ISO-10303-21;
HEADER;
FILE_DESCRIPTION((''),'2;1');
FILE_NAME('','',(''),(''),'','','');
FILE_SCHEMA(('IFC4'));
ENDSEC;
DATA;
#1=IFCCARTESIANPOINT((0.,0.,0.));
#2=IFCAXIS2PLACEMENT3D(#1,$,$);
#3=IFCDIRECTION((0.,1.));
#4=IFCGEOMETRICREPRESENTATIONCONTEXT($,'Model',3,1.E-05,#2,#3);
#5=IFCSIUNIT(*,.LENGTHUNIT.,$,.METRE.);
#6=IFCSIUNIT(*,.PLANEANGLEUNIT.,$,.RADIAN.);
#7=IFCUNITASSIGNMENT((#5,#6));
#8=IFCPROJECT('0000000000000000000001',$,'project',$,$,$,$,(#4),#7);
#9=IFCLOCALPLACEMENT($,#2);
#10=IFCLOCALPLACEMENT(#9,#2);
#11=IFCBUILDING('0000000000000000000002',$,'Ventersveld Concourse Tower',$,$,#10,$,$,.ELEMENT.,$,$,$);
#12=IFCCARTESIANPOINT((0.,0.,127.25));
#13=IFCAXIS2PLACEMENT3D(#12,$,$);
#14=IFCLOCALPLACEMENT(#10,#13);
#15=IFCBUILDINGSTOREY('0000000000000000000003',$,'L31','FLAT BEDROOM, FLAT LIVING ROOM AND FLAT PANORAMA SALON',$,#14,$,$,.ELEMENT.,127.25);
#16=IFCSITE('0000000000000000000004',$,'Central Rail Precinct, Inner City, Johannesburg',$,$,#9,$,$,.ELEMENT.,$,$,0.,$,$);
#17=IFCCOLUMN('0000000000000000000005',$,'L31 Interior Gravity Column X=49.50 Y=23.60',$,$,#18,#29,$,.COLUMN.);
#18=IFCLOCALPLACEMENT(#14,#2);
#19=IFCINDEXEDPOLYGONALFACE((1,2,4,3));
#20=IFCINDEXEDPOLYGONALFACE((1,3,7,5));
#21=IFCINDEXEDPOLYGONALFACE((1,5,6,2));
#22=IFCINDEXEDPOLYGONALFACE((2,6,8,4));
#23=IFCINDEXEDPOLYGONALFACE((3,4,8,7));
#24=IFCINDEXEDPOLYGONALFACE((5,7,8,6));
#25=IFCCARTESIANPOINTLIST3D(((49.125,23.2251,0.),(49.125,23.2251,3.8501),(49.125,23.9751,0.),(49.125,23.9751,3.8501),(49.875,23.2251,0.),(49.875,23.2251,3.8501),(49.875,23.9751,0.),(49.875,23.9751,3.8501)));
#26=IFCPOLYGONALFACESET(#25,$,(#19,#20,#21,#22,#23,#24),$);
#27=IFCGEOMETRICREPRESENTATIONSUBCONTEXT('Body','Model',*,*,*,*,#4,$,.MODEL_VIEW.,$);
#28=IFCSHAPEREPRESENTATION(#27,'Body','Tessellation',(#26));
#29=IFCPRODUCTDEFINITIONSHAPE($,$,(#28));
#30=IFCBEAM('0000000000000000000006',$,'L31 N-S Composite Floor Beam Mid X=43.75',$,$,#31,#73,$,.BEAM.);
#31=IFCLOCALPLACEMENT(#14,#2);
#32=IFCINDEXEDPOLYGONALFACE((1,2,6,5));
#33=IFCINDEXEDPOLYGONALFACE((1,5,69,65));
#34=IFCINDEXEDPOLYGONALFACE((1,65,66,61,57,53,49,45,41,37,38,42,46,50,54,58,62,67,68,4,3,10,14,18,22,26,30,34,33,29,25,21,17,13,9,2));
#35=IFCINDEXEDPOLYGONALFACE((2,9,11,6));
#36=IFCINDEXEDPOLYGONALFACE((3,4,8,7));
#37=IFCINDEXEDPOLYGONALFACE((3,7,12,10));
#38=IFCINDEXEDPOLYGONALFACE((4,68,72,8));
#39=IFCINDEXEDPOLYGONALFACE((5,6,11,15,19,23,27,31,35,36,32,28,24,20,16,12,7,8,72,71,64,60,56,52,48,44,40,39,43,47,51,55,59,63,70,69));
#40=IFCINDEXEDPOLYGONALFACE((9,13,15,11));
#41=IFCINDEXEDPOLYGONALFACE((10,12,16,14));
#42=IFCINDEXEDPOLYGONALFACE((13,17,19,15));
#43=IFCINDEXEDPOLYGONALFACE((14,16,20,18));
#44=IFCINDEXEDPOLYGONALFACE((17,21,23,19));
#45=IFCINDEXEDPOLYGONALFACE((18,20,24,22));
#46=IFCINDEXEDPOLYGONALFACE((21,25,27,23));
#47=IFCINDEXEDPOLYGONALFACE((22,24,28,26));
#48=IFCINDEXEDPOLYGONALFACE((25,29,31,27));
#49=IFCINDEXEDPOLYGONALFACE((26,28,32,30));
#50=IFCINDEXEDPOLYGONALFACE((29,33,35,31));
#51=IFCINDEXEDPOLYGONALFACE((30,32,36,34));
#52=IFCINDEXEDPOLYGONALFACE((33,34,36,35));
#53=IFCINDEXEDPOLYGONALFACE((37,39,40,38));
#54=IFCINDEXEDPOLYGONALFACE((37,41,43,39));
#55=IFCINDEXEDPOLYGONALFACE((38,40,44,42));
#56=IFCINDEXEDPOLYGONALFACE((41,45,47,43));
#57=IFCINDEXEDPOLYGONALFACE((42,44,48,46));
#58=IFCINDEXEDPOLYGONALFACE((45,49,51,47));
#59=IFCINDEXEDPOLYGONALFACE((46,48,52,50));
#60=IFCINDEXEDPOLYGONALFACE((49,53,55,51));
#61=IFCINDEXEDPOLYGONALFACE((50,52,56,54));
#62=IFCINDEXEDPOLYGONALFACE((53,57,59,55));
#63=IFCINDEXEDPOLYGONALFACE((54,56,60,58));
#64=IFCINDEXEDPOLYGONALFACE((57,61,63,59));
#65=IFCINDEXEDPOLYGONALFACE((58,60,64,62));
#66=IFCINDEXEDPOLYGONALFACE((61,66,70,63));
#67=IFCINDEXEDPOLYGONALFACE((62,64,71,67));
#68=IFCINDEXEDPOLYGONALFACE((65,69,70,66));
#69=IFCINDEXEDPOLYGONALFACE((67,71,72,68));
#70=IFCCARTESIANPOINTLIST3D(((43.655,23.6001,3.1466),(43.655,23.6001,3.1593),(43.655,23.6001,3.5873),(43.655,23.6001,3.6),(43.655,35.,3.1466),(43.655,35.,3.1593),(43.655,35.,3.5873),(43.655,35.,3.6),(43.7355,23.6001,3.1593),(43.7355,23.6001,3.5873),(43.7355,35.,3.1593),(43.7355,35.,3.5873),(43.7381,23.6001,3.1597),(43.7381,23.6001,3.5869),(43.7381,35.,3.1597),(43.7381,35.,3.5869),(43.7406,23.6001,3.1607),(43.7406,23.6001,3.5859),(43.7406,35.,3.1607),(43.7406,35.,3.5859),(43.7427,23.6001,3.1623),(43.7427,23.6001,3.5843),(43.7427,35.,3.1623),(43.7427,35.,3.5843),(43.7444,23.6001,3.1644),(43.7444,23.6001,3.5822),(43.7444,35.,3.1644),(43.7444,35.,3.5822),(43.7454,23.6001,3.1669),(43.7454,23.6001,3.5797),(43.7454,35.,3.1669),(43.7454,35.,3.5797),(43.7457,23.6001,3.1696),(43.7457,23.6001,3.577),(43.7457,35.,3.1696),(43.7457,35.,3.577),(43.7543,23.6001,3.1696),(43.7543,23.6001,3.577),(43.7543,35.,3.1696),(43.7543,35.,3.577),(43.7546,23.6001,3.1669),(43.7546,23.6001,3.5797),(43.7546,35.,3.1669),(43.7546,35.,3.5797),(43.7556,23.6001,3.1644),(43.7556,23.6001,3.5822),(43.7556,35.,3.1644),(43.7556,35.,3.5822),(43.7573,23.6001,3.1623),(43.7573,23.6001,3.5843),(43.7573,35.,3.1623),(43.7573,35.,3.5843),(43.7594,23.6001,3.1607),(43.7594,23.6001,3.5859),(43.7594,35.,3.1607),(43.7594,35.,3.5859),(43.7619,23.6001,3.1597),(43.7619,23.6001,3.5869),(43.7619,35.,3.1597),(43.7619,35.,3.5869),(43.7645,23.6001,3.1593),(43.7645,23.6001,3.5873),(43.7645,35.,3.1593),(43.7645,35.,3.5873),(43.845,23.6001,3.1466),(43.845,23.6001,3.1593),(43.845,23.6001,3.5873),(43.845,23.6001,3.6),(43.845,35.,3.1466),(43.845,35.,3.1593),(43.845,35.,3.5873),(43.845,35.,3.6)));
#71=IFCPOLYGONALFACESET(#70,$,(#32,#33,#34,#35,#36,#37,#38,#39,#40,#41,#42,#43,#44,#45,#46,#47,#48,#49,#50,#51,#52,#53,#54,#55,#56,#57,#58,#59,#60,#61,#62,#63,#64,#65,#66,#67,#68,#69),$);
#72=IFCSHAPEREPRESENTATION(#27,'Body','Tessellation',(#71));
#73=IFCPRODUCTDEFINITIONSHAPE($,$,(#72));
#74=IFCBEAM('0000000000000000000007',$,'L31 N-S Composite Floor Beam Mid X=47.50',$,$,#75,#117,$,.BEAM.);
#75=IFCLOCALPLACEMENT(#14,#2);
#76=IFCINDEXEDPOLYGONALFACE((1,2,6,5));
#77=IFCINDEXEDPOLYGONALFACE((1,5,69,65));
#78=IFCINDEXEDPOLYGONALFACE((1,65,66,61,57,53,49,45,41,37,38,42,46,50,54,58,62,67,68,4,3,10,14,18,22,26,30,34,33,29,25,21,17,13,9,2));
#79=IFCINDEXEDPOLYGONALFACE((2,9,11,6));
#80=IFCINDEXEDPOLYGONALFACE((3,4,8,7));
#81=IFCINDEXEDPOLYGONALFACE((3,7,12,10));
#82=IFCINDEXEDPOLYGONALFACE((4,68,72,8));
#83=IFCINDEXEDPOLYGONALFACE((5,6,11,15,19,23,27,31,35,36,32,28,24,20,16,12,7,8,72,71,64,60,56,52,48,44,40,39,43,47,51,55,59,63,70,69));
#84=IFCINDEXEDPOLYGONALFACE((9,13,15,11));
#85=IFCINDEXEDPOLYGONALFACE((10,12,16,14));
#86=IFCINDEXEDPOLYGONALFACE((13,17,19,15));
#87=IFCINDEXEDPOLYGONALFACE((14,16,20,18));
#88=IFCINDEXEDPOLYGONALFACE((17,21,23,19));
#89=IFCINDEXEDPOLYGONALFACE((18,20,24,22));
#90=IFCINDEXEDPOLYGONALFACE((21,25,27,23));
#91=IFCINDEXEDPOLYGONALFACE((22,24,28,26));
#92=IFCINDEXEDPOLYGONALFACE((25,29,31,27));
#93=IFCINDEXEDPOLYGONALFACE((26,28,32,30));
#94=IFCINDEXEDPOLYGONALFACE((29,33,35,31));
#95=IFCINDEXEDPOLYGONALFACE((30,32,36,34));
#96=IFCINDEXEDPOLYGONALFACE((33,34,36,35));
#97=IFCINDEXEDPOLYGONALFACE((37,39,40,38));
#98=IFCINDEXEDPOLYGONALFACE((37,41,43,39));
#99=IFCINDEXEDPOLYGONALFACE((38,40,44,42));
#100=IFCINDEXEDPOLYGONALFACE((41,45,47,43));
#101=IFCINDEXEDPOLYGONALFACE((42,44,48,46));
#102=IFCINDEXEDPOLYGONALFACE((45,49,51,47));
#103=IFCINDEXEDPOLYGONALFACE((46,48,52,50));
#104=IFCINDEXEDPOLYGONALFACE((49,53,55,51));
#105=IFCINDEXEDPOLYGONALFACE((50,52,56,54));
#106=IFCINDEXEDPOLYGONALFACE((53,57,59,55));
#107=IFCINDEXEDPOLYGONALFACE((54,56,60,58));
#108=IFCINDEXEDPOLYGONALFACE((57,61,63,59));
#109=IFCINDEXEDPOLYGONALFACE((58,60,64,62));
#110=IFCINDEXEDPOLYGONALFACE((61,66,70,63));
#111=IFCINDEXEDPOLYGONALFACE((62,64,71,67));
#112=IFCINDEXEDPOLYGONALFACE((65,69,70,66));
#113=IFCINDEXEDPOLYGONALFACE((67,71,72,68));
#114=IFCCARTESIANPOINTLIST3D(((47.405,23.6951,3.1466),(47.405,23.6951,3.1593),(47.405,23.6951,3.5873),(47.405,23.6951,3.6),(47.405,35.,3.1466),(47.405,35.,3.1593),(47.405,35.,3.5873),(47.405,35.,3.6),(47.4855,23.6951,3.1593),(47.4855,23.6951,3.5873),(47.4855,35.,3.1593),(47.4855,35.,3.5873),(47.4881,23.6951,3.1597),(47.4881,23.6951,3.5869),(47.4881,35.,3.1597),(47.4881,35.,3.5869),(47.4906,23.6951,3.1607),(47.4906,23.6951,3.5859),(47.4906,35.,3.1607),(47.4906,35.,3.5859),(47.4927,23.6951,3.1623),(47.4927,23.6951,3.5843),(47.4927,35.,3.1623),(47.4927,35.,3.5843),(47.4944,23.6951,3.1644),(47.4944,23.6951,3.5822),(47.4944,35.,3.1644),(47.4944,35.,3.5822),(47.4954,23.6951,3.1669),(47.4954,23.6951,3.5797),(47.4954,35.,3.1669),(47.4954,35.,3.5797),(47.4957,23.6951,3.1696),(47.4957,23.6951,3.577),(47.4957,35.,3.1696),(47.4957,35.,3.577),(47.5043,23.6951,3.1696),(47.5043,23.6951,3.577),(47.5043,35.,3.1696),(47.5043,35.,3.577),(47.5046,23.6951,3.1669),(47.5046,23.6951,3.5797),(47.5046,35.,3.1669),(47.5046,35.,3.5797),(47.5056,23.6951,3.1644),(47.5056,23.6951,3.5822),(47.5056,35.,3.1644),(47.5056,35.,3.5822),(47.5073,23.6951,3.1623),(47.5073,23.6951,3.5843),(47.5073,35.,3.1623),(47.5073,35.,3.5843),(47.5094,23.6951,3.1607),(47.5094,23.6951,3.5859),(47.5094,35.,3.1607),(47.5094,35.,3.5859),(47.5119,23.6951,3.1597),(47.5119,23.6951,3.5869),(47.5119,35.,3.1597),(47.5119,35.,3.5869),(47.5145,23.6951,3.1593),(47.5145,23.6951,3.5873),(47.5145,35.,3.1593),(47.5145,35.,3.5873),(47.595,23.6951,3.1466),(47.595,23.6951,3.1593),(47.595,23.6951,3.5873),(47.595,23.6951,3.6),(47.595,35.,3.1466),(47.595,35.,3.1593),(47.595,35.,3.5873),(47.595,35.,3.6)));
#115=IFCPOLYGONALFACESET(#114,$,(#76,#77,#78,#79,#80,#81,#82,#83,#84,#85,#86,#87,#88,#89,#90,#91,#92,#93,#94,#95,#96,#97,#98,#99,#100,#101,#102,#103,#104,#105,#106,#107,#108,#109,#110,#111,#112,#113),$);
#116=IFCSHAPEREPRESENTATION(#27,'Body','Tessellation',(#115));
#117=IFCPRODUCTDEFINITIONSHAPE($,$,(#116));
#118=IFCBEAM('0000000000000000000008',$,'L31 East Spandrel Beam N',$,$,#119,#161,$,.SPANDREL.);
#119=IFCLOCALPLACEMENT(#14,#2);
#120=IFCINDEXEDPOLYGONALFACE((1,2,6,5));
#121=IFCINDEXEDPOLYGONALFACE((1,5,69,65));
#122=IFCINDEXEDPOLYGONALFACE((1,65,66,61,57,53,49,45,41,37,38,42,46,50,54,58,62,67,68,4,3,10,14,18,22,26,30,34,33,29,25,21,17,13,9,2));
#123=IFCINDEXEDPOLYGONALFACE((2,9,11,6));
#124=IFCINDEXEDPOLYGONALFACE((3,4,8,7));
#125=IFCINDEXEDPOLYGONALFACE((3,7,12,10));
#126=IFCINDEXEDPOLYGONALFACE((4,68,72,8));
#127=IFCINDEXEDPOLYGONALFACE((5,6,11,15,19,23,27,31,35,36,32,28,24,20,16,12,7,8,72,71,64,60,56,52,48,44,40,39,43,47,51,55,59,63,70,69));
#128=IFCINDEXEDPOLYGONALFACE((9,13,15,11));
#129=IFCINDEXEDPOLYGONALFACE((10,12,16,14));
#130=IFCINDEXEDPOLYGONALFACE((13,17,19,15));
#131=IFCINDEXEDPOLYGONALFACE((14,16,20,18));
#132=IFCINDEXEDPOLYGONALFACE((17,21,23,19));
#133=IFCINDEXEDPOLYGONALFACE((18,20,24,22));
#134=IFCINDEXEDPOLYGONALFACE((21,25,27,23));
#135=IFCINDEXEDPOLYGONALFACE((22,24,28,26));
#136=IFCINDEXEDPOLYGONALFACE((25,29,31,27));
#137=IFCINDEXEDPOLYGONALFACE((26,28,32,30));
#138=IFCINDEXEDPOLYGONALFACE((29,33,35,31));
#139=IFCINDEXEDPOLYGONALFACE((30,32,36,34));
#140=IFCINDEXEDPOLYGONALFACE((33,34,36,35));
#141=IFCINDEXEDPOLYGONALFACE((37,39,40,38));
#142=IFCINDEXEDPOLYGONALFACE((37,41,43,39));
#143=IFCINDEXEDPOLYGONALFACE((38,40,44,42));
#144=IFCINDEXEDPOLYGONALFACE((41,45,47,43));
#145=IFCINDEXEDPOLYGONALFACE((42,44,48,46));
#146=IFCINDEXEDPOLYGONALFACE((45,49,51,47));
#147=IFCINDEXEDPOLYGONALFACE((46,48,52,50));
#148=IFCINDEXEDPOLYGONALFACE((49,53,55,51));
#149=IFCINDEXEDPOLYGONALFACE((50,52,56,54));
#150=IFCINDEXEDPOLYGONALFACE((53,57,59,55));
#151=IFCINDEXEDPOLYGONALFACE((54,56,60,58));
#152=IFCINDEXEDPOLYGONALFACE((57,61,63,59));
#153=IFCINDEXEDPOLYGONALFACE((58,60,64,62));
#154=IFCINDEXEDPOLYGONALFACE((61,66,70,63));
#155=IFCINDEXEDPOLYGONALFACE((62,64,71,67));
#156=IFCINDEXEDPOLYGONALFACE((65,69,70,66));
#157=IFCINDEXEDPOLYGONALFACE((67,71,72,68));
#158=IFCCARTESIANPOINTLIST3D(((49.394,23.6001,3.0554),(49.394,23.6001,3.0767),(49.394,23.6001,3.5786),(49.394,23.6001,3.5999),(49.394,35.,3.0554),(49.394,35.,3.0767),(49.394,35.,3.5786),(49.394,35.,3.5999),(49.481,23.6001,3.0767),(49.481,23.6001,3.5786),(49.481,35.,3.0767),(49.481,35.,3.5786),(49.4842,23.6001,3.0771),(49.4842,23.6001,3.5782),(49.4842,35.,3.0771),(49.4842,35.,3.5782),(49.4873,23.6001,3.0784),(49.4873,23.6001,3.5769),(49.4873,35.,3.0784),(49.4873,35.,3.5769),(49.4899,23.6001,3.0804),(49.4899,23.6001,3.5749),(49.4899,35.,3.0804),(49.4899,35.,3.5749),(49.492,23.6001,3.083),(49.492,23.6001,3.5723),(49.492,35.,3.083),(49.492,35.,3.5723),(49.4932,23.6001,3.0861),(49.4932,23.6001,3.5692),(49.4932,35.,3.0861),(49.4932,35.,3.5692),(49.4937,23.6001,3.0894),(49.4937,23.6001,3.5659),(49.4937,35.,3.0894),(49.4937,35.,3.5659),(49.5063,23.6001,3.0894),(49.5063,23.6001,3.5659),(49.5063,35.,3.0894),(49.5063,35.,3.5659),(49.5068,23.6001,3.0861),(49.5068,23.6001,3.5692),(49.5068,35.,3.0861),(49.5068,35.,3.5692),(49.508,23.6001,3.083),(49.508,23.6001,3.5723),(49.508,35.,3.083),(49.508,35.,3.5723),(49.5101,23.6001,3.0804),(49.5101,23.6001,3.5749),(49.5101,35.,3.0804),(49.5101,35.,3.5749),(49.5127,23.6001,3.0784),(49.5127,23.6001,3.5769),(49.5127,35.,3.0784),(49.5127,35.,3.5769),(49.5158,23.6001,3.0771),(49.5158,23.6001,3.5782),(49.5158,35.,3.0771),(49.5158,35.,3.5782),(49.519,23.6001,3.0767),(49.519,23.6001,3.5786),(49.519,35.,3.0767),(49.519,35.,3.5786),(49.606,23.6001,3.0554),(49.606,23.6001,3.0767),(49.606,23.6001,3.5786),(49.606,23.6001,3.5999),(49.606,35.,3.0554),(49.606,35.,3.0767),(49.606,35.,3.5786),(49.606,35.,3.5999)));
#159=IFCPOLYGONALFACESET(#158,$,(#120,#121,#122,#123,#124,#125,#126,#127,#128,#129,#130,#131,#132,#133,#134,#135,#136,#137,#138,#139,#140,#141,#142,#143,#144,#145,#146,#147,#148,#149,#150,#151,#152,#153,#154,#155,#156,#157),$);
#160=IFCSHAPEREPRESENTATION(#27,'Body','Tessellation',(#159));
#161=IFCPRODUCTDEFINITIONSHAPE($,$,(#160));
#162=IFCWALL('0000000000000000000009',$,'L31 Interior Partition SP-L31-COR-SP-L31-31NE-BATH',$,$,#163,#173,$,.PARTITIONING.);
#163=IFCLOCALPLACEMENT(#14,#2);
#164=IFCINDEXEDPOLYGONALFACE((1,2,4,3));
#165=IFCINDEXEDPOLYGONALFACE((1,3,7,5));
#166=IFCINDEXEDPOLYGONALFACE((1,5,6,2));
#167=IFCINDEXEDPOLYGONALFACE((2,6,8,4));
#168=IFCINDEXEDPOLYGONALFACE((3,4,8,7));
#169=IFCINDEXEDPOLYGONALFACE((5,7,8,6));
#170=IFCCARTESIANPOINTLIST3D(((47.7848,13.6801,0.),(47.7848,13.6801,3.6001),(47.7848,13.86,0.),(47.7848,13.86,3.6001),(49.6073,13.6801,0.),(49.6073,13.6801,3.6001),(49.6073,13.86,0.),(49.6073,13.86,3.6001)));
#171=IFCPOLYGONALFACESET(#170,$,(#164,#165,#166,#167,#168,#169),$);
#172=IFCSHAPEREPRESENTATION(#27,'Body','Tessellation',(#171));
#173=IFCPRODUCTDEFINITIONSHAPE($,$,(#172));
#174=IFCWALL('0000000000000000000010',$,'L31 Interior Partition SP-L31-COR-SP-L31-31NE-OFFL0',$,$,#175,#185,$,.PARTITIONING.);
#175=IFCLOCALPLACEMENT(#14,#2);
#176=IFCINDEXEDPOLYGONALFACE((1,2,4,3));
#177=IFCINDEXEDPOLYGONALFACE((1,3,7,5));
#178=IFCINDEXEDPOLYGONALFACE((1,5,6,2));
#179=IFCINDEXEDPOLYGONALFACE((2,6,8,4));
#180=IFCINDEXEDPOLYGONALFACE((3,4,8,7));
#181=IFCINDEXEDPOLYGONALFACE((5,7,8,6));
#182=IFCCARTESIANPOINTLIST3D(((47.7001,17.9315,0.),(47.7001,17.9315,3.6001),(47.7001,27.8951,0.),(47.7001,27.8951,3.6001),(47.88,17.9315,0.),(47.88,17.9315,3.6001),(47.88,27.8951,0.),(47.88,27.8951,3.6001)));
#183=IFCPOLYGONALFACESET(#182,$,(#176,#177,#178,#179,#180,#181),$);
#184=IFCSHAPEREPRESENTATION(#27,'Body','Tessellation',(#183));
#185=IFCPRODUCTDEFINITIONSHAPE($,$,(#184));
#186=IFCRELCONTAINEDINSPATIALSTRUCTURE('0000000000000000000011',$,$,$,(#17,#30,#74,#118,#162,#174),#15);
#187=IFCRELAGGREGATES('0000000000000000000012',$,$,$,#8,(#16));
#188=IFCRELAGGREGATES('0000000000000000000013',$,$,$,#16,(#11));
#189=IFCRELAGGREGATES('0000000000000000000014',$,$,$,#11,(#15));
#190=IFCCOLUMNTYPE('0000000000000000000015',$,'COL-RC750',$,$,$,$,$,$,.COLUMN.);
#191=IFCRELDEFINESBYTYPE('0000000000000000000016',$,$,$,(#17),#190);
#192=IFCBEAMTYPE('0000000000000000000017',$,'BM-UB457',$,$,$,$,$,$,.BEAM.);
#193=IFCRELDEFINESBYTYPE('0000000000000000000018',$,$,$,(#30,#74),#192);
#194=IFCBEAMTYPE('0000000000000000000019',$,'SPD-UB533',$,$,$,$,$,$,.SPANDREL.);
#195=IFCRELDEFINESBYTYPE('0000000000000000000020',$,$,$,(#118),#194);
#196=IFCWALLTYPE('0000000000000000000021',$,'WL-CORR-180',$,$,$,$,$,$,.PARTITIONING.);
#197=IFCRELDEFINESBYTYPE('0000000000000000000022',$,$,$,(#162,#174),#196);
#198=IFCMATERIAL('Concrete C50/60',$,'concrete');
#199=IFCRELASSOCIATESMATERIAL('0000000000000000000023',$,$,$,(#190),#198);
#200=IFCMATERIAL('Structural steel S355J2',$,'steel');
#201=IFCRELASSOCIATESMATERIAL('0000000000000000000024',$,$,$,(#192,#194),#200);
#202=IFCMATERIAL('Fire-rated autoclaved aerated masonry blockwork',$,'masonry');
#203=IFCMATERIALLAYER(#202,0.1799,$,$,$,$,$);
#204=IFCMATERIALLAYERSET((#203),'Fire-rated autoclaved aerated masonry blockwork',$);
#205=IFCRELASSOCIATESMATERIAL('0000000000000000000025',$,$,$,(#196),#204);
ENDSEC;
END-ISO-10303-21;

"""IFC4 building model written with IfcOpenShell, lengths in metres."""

from ifc_helpers import new_model, si_unit, direction, frame, frame_2d, origin, origin_2d, place, context, subcontext, project, spatial, rectangle, i_section, extrude, material, layer, layer_set, material_profile, profile_set, type_object, element, save


model = new_model("IFC4")

# Units and contexts
model_context = context("Model", 3, precision=1e-05, world=origin(), true_north=direction((0.0, 1.0)))
body_context = subcontext(model_context, "Body", "Model", "MODEL_VIEW")
ifc_project = project(units=[si_unit("LENGTHUNIT", "METRE"), si_unit("PLANEANGLEUNIT", "RADIAN")], contexts=[model_context])

# Site, building, storey
site_placement = place(None, origin())
site = spatial("IfcSite", under=ifc_project, at=site_placement, Name="Central Rail Precinct, Inner City, Johannesburg", CompositionType="ELEMENT", RefElevation=0.0)
building_placement = place(site_placement, origin())
building = spatial("IfcBuilding", under=site, at=building_placement, Name="Ventersveld Concourse Tower", CompositionType="ELEMENT")
storey_placement = place(building_placement, frame((0.0, 0.0, 127.25)))
storey = spatial("IfcBuildingStorey", under=building, at=storey_placement, Name="L31", Description="FLAT BEDROOM, FLAT LIVING ROOM AND FLAT PANORAMA SALON", CompositionType="ELEMENT", Elevation=127.25)

# Column
ifc_material_1 = material(Name="Concrete C50/60", Category="concrete")
ifc_material_profile_1 = material_profile(ifc_material_1, rectangle(XDim=0.75, YDim=0.75, at=origin_2d()), Name="RC 750x750")
ifc_profile_set_1 = profile_set([ifc_material_profile_1], Name="Concrete C50/60")
column_type = type_object("IfcColumnType", Name="COL-RC750", PredefinedType="COLUMN", material=ifc_profile_set_1)
column_placement = place(storey_placement, frame((49.5, 23.6001, 0.0), z_axis=(0.0, 0.0, 1.0), x_axis=(1.0, 0.0, 0.0)))
element("IfcColumn", 1, at=column_placement, inside=storey, type_object=column_type, Name="L31 Interior Gravity Column X=49.50 Y=23.60", PredefinedType="COLUMN", context=body_context, shape_type="SweptSolid", body=[
    extrude(rectangle(XDim=0.75, YDim=0.75, at=origin_2d()), origin(), (0.0, 0.0, 1.0), 3.8501),
])

# Beams
ifc_material_2 = material(Name="Structural steel S355J2", Category="steel")
ifc_material_profile_2 = material_profile(ifc_material_2, i_section(OverallWidth=0.1899, OverallDepth=0.4534, WebThickness=0.0085, FlangeThickness=0.0127, FilletRadius=0.0103, at=origin_2d()), Name="UB 457x191x67")
ifc_profile_set_2 = profile_set([ifc_material_profile_2], Name="Structural steel S355J2")
beam_type_1 = type_object("IfcBeamType", Name="BM-UB457", PredefinedType="BEAM", material=ifc_profile_set_2)
beam_1_placement = place(storey_placement, frame((43.75, 23.6001, 3.3733), z_axis=(0.0, 1.0, 0.0), x_axis=(-1.0, 0.0, 0.0)))
element("IfcBeam", 2, at=beam_1_placement, inside=storey, type_object=beam_type_1, Name="L31 N-S Composite Floor Beam Mid X=43.75", PredefinedType="BEAM", context=body_context, shape_type="SweptSolid", body=[
    extrude(i_section(OverallWidth=0.1899, OverallDepth=0.4534, WebThickness=0.0085, FlangeThickness=0.0127, FilletRadius=0.0103, at=origin_2d()), origin(), (0.0, 0.0, 1.0), 11.3999),
])
beam_2_placement = place(storey_placement, frame((47.5, 23.6951, 3.3733), z_axis=(0.0, 1.0, 0.0), x_axis=(-1.0, 0.0, 0.0)))
element("IfcBeam", 3, at=beam_2_placement, inside=storey, type_object=beam_type_1, Name="L31 N-S Composite Floor Beam Mid X=47.50", PredefinedType="BEAM", context=body_context, shape_type="SweptSolid", body=[
    extrude(i_section(OverallWidth=0.1899, OverallDepth=0.4534, WebThickness=0.0085, FlangeThickness=0.0127, FilletRadius=0.0103, at=origin_2d()), origin(), (0.0, 0.0, 1.0), 11.3049),
])
ifc_material_profile_3 = material_profile(ifc_material_2, i_section(OverallWidth=0.2119, OverallDepth=0.5444, WebThickness=0.0127, FlangeThickness=0.0212, FilletRadius=0.0127, at=origin_2d()), Name="UB 533x210x122")
ifc_profile_set_3 = profile_set([ifc_material_profile_3], Name="Structural steel S355J2")
beam_type_2 = type_object("IfcBeamType", Name="SPD-UB533", PredefinedType="SPANDREL", material=ifc_profile_set_3)
beam_3_placement = place(storey_placement, frame((49.5, 23.6001, 3.3276), z_axis=(0.0, 1.0, 0.0), x_axis=(-1.0, 0.0, 0.0)))
element("IfcBeam", 4, at=beam_3_placement, inside=storey, type_object=beam_type_2, Name="L31 East Spandrel Beam N", PredefinedType="SPANDREL", context=body_context, shape_type="SweptSolid", body=[
    extrude(i_section(OverallWidth=0.2119, OverallDepth=0.5444, WebThickness=0.0127, FlangeThickness=0.0212, FilletRadius=0.0127, at=origin_2d()), origin(), (0.0, 0.0, 1.0), 11.3999),
])

# Shared definitions
ifc_material_3 = material(Name="Fire-rated autoclaved aerated masonry blockwork", Category="masonry")
ifc_layer_1 = layer(ifc_material_3, 0.1799)
ifc_layer_set_1 = layer_set([ifc_layer_1], Name="Fire-rated autoclaved aerated masonry blockwork")
wall_type_1 = type_object("IfcWallType", Name="WL-CORR-180", PredefinedType="PARTITIONING", material=ifc_layer_set_1)

# Walls
wall_1_placement = place(storey_placement, frame((47.7849, 13.77, 0.0), z_axis=(0.0, 0.0, 1.0), x_axis=(1.0, 0.0, 0.0)))
element("IfcWall", 5, at=wall_1_placement, inside=storey, type_object=wall_type_1, Name="L31 Interior Partition SP-L31-COR-SP-L31-31NE-BATH", PredefinedType="PARTITIONING", context=body_context, shape_type="SweptSolid", body=[
    extrude(rectangle(XDim=1.8225, YDim=0.1799, at=frame_2d((0.9111, 0.0))), origin(), (0.0, 0.0, 1.0), 3.6001),
])
wall_2_placement = place(storey_placement, frame((47.79, 17.9314, 0.0), z_axis=(0.0, 0.0, 1.0), x_axis=(0.0, 1.0, 0.0)))
element("IfcWall", 6, at=wall_2_placement, inside=storey, type_object=wall_type_1, Name="L31 Interior Partition SP-L31-COR-SP-L31-31NE-OFFL0", PredefinedType="PARTITIONING", context=body_context, shape_type="SweptSolid", body=[
    extrude(rectangle(XDim=9.9636, YDim=0.1799, at=frame_2d((4.9819, 0.0))), origin(), (0.0, 0.0, 1.0), 3.6001),
])

save(model, "model.ifc")
